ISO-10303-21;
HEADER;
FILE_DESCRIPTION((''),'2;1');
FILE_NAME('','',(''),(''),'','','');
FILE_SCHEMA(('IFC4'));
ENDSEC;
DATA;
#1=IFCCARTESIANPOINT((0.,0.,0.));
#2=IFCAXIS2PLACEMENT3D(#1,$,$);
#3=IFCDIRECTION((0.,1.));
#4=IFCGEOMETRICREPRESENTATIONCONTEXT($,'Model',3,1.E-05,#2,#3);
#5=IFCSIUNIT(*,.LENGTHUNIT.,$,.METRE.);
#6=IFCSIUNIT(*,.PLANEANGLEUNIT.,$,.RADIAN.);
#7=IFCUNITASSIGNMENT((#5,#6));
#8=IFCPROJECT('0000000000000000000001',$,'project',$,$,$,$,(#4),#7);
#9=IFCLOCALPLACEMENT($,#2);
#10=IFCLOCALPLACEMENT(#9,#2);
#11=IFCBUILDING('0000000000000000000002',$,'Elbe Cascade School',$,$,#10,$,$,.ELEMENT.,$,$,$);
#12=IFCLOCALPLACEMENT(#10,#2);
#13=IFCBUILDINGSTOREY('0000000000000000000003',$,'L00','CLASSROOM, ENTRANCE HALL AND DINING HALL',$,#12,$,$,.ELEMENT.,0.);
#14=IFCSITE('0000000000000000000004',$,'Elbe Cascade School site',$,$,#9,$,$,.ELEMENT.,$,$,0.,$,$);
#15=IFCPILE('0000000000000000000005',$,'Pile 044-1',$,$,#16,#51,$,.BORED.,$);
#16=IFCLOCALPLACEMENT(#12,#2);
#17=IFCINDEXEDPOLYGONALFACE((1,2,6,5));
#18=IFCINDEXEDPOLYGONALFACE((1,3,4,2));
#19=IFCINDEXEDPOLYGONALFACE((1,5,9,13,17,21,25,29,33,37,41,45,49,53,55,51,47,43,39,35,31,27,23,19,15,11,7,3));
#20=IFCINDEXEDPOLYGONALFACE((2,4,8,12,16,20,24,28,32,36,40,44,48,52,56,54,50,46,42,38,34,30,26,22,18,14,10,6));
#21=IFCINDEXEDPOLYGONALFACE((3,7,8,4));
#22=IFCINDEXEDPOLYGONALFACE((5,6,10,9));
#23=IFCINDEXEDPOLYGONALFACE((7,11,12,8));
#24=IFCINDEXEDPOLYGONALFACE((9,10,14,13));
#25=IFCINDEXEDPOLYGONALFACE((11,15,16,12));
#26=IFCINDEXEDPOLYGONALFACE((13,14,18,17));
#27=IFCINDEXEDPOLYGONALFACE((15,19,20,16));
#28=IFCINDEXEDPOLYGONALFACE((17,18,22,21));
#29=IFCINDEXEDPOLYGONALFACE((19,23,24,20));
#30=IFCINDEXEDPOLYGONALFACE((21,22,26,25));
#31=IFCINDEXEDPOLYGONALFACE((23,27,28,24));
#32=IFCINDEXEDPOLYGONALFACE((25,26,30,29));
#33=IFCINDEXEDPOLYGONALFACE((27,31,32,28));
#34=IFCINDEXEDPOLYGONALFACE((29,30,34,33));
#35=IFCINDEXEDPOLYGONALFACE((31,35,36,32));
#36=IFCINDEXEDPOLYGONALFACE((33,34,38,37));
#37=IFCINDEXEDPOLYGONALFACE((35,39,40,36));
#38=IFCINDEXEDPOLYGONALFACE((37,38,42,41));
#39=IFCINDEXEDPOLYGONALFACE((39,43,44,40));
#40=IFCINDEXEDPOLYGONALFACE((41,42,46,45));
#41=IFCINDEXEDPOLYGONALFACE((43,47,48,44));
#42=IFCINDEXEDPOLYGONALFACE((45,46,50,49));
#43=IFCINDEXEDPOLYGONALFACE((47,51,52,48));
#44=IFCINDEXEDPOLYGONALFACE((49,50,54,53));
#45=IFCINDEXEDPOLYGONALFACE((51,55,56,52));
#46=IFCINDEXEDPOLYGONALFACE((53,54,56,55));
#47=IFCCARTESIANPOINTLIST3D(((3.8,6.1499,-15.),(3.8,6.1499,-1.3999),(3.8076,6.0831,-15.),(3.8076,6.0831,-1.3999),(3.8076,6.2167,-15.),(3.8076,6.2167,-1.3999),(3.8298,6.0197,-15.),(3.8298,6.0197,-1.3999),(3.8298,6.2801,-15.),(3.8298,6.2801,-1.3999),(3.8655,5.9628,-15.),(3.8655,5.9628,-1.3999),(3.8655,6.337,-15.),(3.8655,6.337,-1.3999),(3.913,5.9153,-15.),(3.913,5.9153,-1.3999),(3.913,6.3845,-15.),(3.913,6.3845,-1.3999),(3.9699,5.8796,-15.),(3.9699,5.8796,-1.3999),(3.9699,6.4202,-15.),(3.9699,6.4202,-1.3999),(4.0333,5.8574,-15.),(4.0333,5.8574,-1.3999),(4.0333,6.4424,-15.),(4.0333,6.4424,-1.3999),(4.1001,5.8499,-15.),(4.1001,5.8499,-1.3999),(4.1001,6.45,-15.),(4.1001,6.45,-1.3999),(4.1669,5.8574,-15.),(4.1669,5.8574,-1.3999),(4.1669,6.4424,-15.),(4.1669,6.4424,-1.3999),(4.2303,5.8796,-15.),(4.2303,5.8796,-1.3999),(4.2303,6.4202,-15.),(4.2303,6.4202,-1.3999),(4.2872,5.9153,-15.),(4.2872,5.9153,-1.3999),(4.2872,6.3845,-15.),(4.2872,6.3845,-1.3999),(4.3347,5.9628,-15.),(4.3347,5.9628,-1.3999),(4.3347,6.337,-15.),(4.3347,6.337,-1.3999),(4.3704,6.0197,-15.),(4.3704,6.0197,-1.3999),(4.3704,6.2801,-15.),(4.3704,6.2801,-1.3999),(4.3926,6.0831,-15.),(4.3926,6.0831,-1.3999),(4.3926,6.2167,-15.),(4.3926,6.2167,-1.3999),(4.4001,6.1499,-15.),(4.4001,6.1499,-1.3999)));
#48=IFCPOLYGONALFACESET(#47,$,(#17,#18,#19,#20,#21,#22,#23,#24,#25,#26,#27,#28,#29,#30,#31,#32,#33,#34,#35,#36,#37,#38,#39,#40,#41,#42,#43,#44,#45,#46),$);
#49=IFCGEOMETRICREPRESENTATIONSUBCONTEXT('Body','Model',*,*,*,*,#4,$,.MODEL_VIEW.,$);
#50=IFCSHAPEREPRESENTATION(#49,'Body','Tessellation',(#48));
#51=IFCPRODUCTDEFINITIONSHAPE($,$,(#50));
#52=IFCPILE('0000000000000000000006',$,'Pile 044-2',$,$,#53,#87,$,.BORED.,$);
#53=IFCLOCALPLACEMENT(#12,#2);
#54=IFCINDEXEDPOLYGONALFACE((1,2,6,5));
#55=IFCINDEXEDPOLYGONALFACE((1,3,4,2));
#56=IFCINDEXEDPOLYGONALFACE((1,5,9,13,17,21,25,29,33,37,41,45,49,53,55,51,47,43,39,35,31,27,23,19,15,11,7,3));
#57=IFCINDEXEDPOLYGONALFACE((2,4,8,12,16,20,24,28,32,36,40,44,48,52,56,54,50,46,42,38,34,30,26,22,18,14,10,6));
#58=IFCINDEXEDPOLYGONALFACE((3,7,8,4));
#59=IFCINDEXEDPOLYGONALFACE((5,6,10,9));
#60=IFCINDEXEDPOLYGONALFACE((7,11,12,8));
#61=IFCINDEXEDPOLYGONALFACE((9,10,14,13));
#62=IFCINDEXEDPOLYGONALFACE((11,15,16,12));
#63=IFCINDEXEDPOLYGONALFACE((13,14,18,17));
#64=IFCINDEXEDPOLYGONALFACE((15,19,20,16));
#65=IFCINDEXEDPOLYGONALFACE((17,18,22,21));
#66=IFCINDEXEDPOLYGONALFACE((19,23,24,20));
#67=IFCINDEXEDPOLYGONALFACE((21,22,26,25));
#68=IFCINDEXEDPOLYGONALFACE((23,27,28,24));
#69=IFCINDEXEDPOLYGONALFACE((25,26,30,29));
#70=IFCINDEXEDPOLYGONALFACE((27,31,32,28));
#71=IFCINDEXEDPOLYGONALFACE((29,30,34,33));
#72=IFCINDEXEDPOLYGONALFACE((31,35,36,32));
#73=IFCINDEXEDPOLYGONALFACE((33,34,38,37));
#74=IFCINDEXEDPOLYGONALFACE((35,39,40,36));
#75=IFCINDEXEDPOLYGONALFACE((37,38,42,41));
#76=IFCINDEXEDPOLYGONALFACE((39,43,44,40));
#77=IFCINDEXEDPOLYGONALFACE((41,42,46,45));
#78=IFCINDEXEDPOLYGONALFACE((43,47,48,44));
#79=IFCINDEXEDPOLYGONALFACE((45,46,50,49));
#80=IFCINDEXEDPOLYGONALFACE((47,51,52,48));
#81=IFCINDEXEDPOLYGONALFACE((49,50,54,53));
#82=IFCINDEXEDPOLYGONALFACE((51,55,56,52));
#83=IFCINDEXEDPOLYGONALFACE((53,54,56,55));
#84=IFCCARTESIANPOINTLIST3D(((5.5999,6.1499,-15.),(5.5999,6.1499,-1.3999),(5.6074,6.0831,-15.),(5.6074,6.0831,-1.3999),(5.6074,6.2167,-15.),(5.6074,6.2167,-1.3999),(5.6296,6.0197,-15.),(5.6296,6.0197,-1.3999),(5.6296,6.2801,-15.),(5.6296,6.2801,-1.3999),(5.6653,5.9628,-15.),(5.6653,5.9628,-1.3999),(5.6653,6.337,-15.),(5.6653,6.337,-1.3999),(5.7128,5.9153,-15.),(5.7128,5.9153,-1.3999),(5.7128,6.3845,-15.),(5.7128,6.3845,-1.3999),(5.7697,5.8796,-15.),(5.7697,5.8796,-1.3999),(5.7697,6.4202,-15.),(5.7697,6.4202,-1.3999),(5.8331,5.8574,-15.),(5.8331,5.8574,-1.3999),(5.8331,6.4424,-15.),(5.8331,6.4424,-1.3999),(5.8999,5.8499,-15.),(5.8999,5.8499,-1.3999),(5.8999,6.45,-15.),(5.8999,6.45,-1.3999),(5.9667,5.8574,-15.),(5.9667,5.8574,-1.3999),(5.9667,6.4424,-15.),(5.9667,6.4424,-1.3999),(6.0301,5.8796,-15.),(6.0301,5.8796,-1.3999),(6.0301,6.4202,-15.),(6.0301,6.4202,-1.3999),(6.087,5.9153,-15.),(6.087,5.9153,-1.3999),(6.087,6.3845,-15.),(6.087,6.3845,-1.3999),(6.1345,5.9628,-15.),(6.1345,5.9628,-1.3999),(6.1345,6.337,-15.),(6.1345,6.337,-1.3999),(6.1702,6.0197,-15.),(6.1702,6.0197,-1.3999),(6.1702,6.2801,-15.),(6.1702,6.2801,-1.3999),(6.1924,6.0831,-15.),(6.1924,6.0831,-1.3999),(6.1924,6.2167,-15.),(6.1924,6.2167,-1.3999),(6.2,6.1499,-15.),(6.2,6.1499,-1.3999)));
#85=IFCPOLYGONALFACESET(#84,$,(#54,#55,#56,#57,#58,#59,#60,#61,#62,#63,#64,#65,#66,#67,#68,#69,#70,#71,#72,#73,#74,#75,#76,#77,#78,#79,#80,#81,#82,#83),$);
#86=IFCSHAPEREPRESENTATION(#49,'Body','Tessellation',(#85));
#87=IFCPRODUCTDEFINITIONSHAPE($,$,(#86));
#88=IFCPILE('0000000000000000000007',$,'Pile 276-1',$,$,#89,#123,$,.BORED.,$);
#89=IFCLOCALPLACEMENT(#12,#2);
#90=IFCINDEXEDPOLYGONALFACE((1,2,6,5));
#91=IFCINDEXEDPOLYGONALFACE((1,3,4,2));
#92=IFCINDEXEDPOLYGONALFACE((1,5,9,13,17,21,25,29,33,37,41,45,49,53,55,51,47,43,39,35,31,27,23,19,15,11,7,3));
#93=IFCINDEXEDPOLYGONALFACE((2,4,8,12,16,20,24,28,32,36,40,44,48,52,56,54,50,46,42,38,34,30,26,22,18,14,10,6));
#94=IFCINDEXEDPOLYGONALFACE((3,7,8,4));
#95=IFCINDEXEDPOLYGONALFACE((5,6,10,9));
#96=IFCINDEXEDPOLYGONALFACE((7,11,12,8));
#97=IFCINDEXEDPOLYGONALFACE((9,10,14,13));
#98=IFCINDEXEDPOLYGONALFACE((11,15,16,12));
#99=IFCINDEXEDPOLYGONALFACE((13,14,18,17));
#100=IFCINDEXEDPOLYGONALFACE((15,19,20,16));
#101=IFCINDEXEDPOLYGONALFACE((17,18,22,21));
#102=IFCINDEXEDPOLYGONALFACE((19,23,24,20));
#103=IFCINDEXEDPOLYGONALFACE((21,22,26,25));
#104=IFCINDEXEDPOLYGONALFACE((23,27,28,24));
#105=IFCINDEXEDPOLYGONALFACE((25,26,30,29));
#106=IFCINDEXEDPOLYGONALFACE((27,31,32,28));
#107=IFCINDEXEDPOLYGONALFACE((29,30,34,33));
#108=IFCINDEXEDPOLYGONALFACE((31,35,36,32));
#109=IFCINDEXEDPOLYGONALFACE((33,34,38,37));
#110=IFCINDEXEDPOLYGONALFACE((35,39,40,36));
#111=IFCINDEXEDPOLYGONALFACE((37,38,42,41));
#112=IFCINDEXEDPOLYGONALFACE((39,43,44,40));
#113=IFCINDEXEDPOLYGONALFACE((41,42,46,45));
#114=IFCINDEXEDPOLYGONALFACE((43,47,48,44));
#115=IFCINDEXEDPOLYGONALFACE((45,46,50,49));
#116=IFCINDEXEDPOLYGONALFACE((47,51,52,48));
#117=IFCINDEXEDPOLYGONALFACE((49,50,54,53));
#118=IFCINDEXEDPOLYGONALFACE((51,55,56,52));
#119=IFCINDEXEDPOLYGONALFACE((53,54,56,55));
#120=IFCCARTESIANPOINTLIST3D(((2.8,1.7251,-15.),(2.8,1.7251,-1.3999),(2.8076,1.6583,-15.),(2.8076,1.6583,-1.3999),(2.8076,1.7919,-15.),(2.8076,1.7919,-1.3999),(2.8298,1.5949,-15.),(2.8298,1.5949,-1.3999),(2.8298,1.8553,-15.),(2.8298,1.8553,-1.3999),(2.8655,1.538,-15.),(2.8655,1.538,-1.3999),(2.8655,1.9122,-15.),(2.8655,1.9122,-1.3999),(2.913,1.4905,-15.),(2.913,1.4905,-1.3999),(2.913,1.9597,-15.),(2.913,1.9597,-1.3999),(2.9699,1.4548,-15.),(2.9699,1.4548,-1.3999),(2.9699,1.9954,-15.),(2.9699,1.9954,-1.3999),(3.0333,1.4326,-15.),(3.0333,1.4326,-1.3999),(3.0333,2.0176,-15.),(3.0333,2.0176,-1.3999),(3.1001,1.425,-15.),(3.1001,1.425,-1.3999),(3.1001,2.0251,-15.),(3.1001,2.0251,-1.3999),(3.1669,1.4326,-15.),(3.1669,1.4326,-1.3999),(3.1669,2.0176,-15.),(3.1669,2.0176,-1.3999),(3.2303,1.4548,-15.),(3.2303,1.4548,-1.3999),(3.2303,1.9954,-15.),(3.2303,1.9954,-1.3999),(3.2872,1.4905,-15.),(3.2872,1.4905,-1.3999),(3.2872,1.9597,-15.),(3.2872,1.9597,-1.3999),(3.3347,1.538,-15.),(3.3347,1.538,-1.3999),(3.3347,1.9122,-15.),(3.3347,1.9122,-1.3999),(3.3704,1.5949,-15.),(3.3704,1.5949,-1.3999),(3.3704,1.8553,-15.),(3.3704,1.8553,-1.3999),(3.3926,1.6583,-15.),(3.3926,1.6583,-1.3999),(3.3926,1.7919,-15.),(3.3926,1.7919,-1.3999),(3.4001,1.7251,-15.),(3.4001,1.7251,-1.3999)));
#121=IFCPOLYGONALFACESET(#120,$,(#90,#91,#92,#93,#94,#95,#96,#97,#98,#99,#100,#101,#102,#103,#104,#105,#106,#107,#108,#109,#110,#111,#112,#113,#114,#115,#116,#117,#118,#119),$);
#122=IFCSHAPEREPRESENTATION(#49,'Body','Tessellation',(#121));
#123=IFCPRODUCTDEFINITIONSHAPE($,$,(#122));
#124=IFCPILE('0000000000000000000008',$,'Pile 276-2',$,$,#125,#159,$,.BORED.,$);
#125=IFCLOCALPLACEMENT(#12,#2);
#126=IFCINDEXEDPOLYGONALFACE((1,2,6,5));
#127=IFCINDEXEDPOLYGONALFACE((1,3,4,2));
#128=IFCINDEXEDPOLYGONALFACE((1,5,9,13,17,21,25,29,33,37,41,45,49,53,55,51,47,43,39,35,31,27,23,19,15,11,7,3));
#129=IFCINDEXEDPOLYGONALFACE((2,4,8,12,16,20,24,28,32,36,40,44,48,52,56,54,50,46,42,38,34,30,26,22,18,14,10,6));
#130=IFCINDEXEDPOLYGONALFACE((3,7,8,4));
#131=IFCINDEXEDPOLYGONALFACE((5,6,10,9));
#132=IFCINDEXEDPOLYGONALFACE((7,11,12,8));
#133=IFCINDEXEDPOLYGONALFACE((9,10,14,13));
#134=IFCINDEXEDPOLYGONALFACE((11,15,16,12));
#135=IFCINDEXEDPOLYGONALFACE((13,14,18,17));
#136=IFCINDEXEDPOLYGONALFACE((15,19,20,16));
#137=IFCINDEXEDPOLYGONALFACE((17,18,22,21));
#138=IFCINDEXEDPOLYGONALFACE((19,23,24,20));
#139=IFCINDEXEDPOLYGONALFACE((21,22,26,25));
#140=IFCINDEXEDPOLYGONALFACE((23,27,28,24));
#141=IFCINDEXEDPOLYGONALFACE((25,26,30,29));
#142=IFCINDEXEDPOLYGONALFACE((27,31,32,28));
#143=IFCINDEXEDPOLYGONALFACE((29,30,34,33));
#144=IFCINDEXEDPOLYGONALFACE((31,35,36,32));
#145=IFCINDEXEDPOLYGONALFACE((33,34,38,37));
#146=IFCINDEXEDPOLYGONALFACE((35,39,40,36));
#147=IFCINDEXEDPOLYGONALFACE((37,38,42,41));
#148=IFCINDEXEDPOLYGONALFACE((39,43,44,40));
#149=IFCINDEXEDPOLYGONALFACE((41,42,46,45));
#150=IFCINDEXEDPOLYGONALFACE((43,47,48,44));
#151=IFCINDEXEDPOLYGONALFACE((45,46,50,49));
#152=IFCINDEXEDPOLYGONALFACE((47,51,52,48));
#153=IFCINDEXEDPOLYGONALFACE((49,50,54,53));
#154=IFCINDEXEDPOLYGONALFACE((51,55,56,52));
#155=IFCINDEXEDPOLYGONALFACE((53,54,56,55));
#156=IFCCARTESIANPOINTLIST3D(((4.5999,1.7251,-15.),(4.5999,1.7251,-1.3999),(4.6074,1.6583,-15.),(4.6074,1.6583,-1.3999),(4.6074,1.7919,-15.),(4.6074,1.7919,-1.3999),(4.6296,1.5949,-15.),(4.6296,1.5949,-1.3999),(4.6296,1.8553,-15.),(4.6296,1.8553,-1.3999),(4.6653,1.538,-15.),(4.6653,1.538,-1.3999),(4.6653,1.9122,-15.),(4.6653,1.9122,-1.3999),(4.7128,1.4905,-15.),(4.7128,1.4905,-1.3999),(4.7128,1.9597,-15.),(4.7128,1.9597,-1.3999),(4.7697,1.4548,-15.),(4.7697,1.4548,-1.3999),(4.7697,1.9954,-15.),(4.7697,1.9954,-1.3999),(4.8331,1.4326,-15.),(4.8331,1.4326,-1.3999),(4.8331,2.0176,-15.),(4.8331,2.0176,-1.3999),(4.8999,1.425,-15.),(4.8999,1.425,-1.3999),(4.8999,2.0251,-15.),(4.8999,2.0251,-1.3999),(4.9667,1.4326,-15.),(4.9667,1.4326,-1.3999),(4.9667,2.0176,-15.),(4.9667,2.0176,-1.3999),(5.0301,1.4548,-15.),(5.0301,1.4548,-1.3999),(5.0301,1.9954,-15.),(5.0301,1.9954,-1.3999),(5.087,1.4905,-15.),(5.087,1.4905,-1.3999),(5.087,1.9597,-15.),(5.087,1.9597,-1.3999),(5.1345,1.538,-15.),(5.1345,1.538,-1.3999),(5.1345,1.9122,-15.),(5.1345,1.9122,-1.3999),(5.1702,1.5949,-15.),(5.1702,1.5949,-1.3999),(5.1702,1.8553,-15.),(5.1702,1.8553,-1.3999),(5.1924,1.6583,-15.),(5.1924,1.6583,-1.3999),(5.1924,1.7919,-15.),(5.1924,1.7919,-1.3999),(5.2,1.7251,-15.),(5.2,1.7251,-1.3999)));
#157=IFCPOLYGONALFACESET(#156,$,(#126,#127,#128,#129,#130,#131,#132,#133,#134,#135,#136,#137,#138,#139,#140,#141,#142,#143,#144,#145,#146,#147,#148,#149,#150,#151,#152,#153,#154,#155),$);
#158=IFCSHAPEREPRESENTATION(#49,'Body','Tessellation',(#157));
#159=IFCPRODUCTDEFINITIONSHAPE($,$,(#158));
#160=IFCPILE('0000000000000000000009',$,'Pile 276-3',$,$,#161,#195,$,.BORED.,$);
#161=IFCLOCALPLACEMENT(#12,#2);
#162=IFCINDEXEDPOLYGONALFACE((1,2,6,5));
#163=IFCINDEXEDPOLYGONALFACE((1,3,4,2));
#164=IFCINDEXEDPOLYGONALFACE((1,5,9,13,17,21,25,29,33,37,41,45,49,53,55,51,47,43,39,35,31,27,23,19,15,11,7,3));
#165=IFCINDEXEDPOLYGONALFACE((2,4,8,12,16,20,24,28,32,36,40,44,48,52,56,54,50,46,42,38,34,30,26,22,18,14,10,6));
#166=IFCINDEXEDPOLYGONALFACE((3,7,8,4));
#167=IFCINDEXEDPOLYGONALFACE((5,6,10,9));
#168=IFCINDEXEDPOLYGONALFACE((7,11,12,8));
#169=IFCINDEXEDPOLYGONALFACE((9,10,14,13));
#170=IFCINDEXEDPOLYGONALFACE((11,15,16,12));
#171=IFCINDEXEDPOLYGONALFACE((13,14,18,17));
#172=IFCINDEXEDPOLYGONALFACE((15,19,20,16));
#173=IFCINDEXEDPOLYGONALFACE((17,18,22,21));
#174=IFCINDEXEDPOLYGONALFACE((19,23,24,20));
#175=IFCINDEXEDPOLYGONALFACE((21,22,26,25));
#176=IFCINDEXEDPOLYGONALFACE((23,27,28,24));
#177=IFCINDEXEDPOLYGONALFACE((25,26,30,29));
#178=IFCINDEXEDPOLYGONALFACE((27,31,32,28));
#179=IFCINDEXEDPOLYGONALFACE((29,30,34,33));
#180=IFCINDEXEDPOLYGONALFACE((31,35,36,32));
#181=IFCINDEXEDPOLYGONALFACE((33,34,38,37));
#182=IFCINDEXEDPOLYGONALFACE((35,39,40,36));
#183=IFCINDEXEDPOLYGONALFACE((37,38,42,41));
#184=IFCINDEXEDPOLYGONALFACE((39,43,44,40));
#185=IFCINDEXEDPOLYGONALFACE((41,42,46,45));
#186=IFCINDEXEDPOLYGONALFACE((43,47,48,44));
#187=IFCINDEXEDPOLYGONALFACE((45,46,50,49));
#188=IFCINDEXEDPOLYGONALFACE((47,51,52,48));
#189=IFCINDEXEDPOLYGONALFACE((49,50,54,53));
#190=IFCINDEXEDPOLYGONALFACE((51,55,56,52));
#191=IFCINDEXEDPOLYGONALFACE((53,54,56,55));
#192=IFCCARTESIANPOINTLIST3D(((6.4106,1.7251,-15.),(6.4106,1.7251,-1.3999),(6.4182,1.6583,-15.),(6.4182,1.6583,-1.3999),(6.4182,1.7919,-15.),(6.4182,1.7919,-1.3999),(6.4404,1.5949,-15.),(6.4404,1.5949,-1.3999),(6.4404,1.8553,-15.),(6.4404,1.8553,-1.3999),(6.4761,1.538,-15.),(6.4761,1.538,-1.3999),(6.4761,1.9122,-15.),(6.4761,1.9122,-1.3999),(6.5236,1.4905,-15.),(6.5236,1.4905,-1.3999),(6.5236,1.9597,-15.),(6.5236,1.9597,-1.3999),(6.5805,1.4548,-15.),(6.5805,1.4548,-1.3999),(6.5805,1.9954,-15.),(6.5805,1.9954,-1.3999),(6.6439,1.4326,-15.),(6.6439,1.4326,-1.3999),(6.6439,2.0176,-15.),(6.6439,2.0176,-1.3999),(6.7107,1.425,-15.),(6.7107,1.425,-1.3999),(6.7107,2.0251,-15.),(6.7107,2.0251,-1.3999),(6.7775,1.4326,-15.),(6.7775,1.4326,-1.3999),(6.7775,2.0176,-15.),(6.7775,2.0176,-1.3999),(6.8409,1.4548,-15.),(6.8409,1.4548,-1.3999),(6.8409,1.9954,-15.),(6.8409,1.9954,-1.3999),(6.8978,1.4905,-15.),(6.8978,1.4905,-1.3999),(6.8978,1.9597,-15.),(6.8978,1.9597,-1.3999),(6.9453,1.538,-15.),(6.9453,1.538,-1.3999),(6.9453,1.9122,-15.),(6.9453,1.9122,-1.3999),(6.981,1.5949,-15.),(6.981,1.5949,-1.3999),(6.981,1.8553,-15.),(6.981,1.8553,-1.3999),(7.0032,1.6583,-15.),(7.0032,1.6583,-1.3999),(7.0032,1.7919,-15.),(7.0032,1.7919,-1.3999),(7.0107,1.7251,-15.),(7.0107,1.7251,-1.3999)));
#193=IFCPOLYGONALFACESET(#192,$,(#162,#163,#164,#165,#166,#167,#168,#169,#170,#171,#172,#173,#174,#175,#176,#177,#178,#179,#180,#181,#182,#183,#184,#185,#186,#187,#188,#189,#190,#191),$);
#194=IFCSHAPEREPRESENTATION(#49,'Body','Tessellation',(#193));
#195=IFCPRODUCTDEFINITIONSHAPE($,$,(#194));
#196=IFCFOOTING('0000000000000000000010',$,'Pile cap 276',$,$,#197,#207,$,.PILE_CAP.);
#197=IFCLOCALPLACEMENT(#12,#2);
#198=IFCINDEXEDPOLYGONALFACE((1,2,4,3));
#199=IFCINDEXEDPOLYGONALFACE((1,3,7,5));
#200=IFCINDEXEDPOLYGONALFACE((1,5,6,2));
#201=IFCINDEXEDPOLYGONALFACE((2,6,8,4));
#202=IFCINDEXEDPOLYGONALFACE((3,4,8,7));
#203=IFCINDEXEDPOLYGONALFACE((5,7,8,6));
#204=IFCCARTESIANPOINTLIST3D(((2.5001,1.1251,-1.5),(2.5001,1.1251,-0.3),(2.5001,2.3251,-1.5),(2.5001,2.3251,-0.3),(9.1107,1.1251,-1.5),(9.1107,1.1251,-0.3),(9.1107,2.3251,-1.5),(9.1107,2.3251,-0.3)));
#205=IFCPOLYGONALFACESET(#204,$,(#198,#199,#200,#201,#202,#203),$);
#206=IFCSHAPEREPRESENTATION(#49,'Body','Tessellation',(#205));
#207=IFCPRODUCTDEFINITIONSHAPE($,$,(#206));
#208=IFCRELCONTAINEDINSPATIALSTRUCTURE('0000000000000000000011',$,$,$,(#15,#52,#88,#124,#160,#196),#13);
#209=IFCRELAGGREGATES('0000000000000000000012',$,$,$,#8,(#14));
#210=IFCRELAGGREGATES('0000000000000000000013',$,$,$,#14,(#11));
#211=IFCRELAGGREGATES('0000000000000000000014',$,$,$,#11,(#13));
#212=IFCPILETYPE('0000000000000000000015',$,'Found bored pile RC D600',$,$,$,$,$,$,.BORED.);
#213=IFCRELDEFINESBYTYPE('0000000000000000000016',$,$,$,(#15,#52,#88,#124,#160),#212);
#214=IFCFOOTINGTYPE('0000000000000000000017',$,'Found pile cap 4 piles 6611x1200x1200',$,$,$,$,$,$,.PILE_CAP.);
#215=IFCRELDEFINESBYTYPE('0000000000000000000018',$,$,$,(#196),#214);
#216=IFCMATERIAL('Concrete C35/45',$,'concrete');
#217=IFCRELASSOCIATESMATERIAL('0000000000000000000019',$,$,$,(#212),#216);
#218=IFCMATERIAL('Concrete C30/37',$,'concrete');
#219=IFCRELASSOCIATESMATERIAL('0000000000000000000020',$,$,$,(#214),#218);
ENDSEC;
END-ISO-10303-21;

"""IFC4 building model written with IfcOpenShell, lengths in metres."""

from ifc_helpers import new_model, si_unit, direction, frame, origin, origin_2d, place, context, subcontext, project, spatial, rectangle, circle, extrude, material, material_profile, profile_set, type_object, element, save


model = new_model("IFC4")

# Units and contexts
model_context = context("Model", 3, precision=1e-05, world=origin(), true_north=direction((0.0, 1.0)))
body_context = subcontext(model_context, "Body", "Model", "MODEL_VIEW")
ifc_project = project(units=[si_unit("LENGTHUNIT", "METRE"), si_unit("PLANEANGLEUNIT", "RADIAN")], contexts=[model_context])

# Site, building, storey
site_placement = place(None, origin())
site = spatial("IfcSite", under=ifc_project, at=site_placement, Name="Elbe Cascade School site", CompositionType="ELEMENT", RefElevation=0.0)
building_placement = place(site_placement, origin())
building = spatial("IfcBuilding", under=site, at=building_placement, Name="Elbe Cascade School", CompositionType="ELEMENT")
storey_placement = place(building_placement, origin())
storey = spatial("IfcBuildingStorey", under=building, at=storey_placement, Name="L00", Description="CLASSROOM, ENTRANCE HALL AND DINING HALL", CompositionType="ELEMENT", Elevation=0.0)

# Piles
ifc_material_1 = material(Name="Concrete C35/45", Category="concrete")
ifc_material_profile_1 = material_profile(ifc_material_1, circle(Radius=0.3, at=origin_2d()), Name="RC D600")
ifc_profile_set_1 = profile_set([ifc_material_profile_1], Name="Concrete C35/45")
pile_type = type_object("IfcPileType", Name="Found bored pile RC D600", PredefinedType="BORED", material=ifc_profile_set_1)
for number, where, z_axis, x_axis, name in (
    (1, (4.1001, 6.1499, -1.3999), (0.0, 0.0, -1.0), (1.0, 0.0, 0.0), "Pile 044-1"),
    (2, (5.8999, 6.1499, -1.3999), (0.0, 0.0, -1.0), (1.0, 0.0, 0.0), "Pile 044-2"),
    (3, (3.1001, 1.7251, -1.3999), (0.0, 0.0, -1.0), (1.0, 0.0, 0.0), "Pile 276-1"),
    (4, (4.8999, 1.7251, -1.3999), (0.0, 0.0, -1.0), (1.0, 0.0, 0.0), "Pile 276-2"),
    (5, (6.7107, 1.7251, -1.3999), (0.0, 0.0, -1.0), (1.0, 0.0, 0.0), "Pile 276-3"),
):
    element("IfcPile", number, at=place(storey_placement, frame(where, z_axis=z_axis, x_axis=x_axis)), inside=storey, type_object=pile_type, Name=name, PredefinedType="BORED", context=body_context, shape_type="SweptSolid", body=[
        extrude(circle(Radius=0.3, at=origin_2d()), origin(), (0.0, 0.0, 1.0), 13.6001),
    ])

# Footing
ifc_material_2 = material(Name="Concrete C30/37", Category="concrete")
footing_type_1 = type_object("IfcFootingType", Name="Found pile cap 4 piles 6611x1200x1200", PredefinedType="PILE_CAP", material=ifc_material_2)
footing_1_placement = place(storey_placement, frame((5.8054, 1.7251, -1.5), z_axis=(0.0, 0.0, 1.0), x_axis=(1.0, 0.0, 0.0)))
element("IfcFooting", 6, at=footing_1_placement, inside=storey, type_object=footing_type_1, Name="Pile cap 276", PredefinedType="PILE_CAP", context=body_context, shape_type="SweptSolid", body=[
    extrude(rectangle(XDim=6.6106, YDim=1.2, at=origin_2d()), origin(), (0.0, 0.0, 1.0), 1.2),
])

save(model, "model.ifc")
